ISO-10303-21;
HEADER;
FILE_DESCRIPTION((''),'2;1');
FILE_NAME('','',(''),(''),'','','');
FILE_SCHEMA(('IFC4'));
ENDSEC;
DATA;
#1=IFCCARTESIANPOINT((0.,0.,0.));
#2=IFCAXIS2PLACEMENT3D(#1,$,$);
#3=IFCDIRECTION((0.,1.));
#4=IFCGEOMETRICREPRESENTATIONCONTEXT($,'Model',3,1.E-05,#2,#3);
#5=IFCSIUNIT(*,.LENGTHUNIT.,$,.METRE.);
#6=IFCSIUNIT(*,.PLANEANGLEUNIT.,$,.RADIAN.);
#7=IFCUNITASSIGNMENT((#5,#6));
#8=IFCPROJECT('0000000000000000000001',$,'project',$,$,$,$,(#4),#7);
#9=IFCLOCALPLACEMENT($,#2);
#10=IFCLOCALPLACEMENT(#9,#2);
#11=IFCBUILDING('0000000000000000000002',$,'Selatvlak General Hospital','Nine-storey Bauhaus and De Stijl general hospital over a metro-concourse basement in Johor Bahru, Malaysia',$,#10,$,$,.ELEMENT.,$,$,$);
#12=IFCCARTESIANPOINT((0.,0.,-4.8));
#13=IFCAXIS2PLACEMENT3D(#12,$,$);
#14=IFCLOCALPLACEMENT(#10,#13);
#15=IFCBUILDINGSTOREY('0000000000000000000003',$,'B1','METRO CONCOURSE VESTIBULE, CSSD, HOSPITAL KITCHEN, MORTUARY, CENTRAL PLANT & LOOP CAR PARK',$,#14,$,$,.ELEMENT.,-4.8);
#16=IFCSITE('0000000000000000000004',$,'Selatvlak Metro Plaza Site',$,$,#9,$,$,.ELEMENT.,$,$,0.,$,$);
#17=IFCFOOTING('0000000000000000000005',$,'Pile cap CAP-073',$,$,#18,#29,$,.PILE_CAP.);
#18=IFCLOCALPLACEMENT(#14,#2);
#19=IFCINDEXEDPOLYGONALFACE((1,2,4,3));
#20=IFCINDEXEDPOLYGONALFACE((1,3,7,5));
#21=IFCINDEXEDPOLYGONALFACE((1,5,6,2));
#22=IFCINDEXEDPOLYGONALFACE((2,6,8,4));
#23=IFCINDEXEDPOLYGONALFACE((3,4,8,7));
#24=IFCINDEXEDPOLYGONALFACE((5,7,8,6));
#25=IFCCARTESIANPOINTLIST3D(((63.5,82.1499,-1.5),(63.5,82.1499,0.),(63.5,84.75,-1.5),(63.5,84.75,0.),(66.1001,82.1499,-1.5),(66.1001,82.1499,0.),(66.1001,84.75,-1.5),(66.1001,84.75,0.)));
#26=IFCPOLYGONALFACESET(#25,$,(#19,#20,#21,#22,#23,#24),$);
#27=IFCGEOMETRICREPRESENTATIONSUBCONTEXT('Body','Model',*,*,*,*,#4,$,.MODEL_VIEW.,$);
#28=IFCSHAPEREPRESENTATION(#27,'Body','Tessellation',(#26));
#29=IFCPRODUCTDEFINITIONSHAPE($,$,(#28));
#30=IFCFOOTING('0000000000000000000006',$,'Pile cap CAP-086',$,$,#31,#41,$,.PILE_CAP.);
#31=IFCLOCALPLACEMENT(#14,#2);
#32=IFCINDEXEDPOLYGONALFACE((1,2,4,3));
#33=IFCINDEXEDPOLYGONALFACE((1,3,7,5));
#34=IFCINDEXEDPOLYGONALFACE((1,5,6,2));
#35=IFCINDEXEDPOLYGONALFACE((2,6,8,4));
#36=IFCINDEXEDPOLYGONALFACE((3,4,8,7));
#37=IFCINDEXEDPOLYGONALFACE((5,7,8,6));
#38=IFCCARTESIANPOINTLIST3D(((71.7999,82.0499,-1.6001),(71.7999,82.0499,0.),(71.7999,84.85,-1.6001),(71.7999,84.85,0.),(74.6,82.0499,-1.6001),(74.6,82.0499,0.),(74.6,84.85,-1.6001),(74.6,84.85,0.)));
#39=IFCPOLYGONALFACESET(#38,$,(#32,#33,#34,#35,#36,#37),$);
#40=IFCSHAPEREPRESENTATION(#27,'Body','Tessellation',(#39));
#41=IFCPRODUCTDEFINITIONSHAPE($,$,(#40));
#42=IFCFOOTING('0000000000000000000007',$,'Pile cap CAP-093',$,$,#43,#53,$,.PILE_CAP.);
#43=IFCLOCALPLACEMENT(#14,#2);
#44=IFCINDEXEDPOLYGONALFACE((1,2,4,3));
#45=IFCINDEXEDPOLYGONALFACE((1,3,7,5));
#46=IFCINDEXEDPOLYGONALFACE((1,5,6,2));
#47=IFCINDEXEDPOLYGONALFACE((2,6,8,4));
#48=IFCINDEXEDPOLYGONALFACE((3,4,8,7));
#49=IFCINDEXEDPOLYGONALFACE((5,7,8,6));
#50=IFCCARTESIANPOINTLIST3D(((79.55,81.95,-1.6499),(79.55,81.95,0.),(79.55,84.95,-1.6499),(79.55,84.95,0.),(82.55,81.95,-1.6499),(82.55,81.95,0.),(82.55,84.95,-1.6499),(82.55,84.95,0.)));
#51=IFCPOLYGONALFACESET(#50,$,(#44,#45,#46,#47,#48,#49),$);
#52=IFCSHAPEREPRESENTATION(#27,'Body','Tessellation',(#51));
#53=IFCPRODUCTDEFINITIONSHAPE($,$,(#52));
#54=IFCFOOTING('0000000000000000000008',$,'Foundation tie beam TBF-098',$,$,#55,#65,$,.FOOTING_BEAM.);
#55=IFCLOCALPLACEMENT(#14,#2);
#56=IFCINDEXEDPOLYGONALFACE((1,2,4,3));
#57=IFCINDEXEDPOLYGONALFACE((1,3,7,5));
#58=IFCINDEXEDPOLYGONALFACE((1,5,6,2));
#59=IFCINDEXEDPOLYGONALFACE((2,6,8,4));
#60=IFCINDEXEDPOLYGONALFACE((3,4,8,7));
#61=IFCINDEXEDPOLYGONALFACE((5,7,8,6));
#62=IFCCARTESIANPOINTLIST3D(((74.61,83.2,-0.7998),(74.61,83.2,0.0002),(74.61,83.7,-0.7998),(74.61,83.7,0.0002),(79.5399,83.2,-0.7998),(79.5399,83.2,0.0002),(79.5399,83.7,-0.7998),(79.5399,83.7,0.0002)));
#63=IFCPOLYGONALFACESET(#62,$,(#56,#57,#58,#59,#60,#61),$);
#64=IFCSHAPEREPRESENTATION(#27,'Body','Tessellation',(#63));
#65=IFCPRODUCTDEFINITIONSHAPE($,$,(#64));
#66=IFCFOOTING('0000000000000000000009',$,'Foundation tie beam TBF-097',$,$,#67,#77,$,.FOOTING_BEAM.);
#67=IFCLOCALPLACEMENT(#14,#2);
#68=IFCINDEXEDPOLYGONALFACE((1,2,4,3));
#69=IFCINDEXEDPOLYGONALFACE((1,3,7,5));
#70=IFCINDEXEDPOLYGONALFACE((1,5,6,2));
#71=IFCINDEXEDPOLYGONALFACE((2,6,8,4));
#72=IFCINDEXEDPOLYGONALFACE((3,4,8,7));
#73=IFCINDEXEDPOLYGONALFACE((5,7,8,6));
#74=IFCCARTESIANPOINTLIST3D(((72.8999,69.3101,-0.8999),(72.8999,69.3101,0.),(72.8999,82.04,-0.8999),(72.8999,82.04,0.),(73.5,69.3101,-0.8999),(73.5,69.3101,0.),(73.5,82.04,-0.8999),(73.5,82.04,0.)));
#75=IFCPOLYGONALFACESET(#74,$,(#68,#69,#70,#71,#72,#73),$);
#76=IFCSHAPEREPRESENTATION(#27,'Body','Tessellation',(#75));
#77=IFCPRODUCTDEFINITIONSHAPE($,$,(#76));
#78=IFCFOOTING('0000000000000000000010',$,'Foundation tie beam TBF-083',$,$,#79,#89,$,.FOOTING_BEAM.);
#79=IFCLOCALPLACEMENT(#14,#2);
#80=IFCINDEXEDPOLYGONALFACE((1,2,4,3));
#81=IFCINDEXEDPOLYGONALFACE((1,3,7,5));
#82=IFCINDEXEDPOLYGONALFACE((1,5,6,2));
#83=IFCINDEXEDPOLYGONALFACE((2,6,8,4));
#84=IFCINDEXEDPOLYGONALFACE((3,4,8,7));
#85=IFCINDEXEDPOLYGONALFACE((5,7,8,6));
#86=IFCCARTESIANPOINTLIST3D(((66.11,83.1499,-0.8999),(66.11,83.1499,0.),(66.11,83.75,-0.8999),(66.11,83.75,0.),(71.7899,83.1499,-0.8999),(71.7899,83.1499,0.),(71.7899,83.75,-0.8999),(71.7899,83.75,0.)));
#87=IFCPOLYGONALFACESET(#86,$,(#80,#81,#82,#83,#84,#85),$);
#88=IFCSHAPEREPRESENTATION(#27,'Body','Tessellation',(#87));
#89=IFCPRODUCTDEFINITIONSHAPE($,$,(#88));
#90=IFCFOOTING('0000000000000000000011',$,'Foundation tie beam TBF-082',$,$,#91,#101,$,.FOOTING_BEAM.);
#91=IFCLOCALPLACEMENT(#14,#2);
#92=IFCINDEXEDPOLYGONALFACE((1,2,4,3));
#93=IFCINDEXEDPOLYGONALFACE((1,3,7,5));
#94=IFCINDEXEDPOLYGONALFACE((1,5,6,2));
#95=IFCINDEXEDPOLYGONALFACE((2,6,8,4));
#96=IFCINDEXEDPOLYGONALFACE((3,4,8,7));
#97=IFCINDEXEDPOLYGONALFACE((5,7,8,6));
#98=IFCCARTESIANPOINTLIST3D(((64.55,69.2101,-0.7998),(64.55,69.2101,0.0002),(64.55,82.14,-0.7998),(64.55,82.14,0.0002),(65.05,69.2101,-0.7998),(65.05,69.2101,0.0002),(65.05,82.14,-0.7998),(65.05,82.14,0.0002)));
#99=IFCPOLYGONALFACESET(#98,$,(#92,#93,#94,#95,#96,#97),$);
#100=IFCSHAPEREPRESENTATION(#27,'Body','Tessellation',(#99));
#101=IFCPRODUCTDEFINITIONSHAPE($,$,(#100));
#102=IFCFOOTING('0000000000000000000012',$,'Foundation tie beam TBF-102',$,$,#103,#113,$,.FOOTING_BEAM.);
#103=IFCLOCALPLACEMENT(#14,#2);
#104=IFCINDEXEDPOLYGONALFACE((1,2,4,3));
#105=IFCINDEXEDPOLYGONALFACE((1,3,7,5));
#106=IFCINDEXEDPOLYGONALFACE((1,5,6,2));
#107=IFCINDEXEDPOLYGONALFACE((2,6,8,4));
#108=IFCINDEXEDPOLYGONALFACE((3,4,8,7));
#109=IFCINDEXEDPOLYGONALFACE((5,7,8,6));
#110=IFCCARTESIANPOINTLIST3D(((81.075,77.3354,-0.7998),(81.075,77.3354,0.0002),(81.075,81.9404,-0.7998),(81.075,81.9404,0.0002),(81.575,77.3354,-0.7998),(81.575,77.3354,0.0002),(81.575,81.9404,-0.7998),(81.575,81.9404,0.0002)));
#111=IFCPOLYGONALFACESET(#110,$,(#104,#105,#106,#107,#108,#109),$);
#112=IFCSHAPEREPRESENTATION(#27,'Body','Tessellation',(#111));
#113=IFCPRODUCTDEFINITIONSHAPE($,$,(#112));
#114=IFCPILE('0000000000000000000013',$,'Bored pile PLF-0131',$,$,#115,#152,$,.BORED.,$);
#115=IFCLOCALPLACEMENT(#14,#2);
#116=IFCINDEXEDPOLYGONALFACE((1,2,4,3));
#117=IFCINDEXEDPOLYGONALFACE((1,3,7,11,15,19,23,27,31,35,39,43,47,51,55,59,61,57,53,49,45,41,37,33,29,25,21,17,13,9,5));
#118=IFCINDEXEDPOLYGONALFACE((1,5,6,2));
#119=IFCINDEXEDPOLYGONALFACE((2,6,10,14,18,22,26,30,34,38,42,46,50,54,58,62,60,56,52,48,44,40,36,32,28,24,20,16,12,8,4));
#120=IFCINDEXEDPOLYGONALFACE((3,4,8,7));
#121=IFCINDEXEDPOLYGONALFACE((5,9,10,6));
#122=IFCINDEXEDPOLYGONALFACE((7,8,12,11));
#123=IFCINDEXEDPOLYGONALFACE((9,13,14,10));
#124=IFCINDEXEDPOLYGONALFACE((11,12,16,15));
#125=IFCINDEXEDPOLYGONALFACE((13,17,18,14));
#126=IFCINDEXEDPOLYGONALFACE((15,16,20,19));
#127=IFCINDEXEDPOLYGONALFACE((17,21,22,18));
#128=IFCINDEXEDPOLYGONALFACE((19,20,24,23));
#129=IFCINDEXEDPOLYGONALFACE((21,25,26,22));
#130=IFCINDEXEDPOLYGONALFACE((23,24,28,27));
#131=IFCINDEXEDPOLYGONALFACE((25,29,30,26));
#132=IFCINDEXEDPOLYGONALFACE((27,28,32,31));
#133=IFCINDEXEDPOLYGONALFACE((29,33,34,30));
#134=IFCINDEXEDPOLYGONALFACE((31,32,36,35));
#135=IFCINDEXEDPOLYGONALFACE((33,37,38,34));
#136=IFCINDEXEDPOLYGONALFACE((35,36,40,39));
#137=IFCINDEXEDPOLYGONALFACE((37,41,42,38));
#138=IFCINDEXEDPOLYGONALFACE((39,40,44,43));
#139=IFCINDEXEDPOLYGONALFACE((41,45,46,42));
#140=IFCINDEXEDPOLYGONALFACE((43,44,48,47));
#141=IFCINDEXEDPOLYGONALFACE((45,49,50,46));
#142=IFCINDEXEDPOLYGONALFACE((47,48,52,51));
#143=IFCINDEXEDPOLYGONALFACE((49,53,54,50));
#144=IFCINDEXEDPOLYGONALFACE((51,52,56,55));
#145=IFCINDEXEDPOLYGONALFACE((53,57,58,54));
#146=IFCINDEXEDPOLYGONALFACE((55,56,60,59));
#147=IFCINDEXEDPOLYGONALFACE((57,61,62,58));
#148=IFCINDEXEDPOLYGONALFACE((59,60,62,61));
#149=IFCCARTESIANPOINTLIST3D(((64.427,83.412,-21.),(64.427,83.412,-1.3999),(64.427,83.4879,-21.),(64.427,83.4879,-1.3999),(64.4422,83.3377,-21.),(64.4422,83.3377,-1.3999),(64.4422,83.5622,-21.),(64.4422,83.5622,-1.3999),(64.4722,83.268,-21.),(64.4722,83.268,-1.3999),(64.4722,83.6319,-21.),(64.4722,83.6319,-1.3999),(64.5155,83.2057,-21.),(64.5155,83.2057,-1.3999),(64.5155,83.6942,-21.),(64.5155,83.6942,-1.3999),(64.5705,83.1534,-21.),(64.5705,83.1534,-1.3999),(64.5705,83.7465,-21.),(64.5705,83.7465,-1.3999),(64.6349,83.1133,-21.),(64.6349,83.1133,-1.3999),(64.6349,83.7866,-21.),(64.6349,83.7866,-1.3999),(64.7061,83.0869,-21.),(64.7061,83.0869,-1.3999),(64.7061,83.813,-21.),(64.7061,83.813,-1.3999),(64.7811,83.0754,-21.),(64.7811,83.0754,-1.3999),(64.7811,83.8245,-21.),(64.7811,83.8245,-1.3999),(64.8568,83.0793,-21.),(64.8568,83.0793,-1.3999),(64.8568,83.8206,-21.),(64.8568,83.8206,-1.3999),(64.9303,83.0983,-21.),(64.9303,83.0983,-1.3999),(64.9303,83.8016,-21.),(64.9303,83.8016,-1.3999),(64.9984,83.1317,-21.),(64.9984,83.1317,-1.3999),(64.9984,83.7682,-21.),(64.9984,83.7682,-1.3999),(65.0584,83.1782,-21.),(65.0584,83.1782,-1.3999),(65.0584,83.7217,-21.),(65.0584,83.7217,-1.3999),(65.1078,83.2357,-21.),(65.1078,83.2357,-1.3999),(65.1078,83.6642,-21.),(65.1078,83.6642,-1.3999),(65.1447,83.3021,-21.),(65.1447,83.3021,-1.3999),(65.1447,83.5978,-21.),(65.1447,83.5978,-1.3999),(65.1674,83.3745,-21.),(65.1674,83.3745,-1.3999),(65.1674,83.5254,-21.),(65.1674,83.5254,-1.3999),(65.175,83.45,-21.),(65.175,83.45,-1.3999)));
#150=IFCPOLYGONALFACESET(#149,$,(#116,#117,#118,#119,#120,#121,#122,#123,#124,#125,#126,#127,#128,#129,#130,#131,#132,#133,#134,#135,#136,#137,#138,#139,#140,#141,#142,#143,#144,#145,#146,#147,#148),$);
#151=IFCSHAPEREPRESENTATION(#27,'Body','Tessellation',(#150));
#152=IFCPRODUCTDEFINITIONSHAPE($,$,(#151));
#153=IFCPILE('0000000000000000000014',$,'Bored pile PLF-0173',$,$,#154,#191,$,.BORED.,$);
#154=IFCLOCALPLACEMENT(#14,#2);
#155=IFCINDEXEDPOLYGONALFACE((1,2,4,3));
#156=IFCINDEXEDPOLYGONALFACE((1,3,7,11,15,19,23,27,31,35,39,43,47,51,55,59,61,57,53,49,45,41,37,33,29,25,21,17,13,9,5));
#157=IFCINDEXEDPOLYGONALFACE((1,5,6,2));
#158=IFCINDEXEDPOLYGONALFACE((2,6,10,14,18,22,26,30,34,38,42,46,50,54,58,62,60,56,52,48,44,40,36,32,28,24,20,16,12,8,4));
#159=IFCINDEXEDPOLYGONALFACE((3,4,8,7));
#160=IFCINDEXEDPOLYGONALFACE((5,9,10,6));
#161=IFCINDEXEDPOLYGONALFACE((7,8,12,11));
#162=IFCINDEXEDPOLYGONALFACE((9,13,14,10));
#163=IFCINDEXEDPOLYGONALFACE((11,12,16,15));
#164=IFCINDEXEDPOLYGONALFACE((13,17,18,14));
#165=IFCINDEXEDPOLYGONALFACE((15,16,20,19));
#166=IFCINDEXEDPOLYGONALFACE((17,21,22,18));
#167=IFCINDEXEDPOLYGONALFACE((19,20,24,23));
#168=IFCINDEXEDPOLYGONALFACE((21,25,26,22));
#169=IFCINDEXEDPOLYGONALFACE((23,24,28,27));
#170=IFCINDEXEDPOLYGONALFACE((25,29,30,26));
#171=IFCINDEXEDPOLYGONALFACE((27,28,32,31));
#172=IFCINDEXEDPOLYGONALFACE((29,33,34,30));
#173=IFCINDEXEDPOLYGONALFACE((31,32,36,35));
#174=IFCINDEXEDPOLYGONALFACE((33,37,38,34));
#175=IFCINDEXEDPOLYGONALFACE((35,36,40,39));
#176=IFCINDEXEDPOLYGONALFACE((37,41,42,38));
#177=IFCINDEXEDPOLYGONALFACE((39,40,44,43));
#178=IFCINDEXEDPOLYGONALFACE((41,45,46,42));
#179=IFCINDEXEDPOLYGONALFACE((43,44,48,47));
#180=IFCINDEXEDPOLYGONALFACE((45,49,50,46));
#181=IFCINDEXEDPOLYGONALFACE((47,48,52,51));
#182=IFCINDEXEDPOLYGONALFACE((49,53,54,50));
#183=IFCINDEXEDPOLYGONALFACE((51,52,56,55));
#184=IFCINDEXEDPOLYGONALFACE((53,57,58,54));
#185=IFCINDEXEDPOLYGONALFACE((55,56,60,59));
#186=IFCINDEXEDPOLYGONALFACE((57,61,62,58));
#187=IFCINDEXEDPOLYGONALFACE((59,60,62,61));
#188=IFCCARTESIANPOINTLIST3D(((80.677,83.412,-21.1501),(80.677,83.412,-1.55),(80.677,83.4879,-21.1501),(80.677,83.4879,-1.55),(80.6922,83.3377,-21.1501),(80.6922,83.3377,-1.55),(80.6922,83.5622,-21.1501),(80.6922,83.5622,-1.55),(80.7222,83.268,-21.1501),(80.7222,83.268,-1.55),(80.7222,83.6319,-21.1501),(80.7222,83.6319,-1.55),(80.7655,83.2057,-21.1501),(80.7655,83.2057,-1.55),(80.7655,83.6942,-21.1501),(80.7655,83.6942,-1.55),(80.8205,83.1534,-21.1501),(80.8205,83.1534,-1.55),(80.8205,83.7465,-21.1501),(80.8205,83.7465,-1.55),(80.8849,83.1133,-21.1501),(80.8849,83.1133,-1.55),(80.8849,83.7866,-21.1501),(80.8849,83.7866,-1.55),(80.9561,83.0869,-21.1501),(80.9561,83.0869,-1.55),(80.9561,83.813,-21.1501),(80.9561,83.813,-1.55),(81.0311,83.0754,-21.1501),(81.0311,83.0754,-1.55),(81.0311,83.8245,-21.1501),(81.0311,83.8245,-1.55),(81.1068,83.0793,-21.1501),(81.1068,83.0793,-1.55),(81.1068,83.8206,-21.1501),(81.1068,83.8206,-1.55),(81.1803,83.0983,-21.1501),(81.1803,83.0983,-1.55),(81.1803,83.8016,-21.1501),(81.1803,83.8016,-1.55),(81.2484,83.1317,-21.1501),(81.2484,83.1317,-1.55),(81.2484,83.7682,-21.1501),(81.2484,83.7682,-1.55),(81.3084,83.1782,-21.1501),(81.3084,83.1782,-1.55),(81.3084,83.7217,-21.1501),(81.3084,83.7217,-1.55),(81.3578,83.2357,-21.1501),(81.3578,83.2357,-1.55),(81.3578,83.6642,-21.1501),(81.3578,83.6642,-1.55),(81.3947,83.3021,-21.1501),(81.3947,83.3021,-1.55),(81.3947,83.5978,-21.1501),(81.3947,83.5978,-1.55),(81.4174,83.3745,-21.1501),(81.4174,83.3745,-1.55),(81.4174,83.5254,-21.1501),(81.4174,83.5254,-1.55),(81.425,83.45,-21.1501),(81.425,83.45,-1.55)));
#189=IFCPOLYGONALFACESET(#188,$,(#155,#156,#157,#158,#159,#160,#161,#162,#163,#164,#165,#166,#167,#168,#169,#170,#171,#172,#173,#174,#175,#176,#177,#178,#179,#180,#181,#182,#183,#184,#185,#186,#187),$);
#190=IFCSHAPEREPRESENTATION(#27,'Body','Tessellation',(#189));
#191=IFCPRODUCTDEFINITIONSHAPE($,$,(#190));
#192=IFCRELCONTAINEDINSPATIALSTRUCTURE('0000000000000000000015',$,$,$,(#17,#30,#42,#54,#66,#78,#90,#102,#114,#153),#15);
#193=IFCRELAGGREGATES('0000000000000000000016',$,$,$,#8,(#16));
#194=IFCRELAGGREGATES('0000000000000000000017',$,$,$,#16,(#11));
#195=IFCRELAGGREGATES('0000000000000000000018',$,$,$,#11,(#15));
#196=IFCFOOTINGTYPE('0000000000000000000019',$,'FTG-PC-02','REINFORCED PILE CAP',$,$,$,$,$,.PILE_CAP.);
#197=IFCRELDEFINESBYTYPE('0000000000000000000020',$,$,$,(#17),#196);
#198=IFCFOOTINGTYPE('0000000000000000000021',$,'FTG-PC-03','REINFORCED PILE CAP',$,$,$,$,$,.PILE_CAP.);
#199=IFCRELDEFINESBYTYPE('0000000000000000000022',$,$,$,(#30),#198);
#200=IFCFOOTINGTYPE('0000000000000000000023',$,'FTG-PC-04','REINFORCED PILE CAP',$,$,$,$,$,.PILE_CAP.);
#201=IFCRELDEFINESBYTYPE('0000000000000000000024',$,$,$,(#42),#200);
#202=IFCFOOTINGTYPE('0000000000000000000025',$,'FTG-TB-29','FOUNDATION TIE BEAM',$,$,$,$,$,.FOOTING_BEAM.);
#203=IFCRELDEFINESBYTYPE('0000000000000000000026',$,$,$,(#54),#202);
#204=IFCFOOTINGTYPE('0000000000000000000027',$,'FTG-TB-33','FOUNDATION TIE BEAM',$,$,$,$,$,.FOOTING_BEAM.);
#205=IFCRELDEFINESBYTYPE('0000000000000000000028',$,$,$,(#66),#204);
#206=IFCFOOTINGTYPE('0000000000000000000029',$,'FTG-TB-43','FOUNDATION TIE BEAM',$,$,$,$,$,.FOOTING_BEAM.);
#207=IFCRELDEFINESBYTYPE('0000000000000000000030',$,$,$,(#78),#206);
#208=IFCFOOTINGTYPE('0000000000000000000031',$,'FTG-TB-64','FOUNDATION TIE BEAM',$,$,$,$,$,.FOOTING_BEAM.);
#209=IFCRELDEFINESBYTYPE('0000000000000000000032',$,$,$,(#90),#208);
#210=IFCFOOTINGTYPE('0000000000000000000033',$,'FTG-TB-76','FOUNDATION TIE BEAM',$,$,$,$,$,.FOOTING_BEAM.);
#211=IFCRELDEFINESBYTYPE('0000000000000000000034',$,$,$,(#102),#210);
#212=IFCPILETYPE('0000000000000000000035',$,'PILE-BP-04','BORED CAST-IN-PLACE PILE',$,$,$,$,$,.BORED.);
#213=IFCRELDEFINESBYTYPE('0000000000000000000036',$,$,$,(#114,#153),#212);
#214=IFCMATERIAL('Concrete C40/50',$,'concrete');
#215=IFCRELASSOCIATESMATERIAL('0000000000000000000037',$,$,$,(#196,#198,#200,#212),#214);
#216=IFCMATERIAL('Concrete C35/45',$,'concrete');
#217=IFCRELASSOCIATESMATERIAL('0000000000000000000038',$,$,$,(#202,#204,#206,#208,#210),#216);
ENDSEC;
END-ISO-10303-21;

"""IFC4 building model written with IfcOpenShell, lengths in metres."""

from ifc_helpers import new_model, si_unit, direction, frame, origin, origin_2d, place, context, subcontext, project, spatial, rectangle, circle, extrude, material, material_profile, profile_set, type_object, element, save


model = new_model("IFC4")

# Units and contexts
model_context = context("Model", 3, precision=1e-05, world=origin(), true_north=direction((0.0, 1.0)))
body_context = subcontext(model_context, "Body", "Model", "MODEL_VIEW")
ifc_project = project(units=[si_unit("LENGTHUNIT", "METRE"), si_unit("PLANEANGLEUNIT", "RADIAN")], contexts=[model_context])

# Site, building, storey
site_placement = place(None, origin())
site = spatial("IfcSite", under=ifc_project, at=site_placement, Name="Selatvlak Metro Plaza Site", CompositionType="ELEMENT", RefElevation=0.0)
building_placement = place(site_placement, origin())
building = spatial("IfcBuilding", under=site, at=building_placement, Name="Selatvlak General Hospital", Description="Nine-storey Bauhaus and De Stijl general hospital over a metro-concourse basement in Johor Bahru, Malaysia", CompositionType="ELEMENT")
storey_placement = place(building_placement, frame((0.0, 0.0, -4.8)))
storey = spatial("IfcBuildingStorey", under=building, at=storey_placement, Name="B1", Description="METRO CONCOURSE VESTIBULE, CSSD, HOSPITAL KITCHEN, MORTUARY, CENTRAL PLANT & LOOP CAR PARK", CompositionType="ELEMENT", Elevation=-4.8)

# Footings
ifc_material_1 = material(Name="Concrete C40/50", Category="concrete")
footing_type_1 = type_object("IfcFootingType", Name="FTG-PC-02", Description="REINFORCED PILE CAP", PredefinedType="PILE_CAP", material=ifc_material_1)
footing_1_placement = place(storey_placement, frame((64.8, 83.45, -1.5), z_axis=(0.0, 0.0, 1.0), x_axis=(1.0, 0.0, 0.0)))
element("IfcFooting", 1, at=footing_1_placement, inside=storey, type_object=footing_type_1, Name="Pile cap CAP-073", PredefinedType="PILE_CAP", context=body_context, shape_type="SweptSolid", body=[
    extrude(rectangle(XDim=2.6001, YDim=2.6001, at=origin_2d()), origin(), (0.0, 0.0, 1.0), 1.5),
])
footing_type_2 = type_object("IfcFootingType", Name="FTG-PC-03", Description="REINFORCED PILE CAP", PredefinedType="PILE_CAP", material=ifc_material_1)
footing_2_placement = place(storey_placement, frame((73.2, 83.45, -1.6001), z_axis=(0.0, 0.0, 1.0), x_axis=(1.0, 0.0, 0.0)))
element("IfcFooting", 2, at=footing_2_placement, inside=storey, type_object=footing_type_2, Name="Pile cap CAP-086", PredefinedType="PILE_CAP", context=body_context, shape_type="SweptSolid", body=[
    extrude(rectangle(XDim=2.8, YDim=2.8, at=origin_2d()), origin(), (0.0, 0.0, 1.0), 1.6001),
])
footing_type_3 = type_object("IfcFootingType", Name="FTG-PC-04", Description="REINFORCED PILE CAP", PredefinedType="PILE_CAP", material=ifc_material_1)
footing_3_placement = place(storey_placement, frame((81.05, 83.45, -1.6499), z_axis=(0.0, 0.0, 1.0), x_axis=(1.0, 0.0, 0.0)))
element("IfcFooting", 3, at=footing_3_placement, inside=storey, type_object=footing_type_3, Name="Pile cap CAP-093", PredefinedType="PILE_CAP", context=body_context, shape_type="SweptSolid", body=[
    extrude(rectangle(XDim=3.0, YDim=3.0, at=origin_2d()), origin(), (0.0, 0.0, 1.0), 1.6499),
])
ifc_material_2 = material(Name="Concrete C35/45", Category="concrete")
footing_type_4 = type_object("IfcFootingType", Name="FTG-TB-29", Description="FOUNDATION TIE BEAM", PredefinedType="FOOTING_BEAM", material=ifc_material_2)
footing_4_placement = place(storey_placement, frame((77.075, 83.45, -0.7998), z_axis=(0.0, 0.0, 1.0), x_axis=(1.0, 0.0, 0.0)))
element("IfcFooting", 4, at=footing_4_placement, inside=storey, type_object=footing_type_4, Name="Foundation tie beam TBF-098", PredefinedType="FOOTING_BEAM", context=body_context, shape_type="SweptSolid", body=[
    extrude(rectangle(XDim=4.9299, YDim=0.5, at=origin_2d()), origin(), (0.0, 0.0, 1.0), 0.8),
])
footing_type_5 = type_object("IfcFootingType", Name="FTG-TB-33", Description="FOUNDATION TIE BEAM", PredefinedType="FOOTING_BEAM", material=ifc_material_2)
footing_5_placement = place(storey_placement, frame((73.2, 75.675, -0.8999), z_axis=(0.0, 0.0, 1.0), x_axis=(0.0, 1.0, 0.0)))
element("IfcFooting", 5, at=footing_5_placement, inside=storey, type_object=footing_type_5, Name="Foundation tie beam TBF-097", PredefinedType="FOOTING_BEAM", context=body_context, shape_type="SweptSolid", body=[
    extrude(rectangle(XDim=12.73, YDim=0.6001, at=origin_2d()), origin(), (0.0, 0.0, 1.0), 0.8999),
])
footing_type_6 = type_object("IfcFootingType", Name="FTG-TB-43", Description="FOUNDATION TIE BEAM", PredefinedType="FOOTING_BEAM", material=ifc_material_2)
footing_6_placement = place(storey_placement, frame((68.95, 83.45, -0.8999), z_axis=(0.0, 0.0, 1.0), x_axis=(1.0, 0.0, 0.0)))
element("IfcFooting", 6, at=footing_6_placement, inside=storey, type_object=footing_type_6, Name="Foundation tie beam TBF-083", PredefinedType="FOOTING_BEAM", context=body_context, shape_type="SweptSolid", body=[
    extrude(rectangle(XDim=5.6799, YDim=0.6001, at=origin_2d()), origin(), (0.0, 0.0, 1.0), 0.8999),
])
footing_type_7 = type_object("IfcFootingType", Name="FTG-TB-64", Description="FOUNDATION TIE BEAM", PredefinedType="FOOTING_BEAM", material=ifc_material_2)
footing_7_placement = place(storey_placement, frame((64.8, 75.675, -0.7998), z_axis=(0.0, 0.0, 1.0), x_axis=(0.0, 1.0, 0.0)))
element("IfcFooting", 7, at=footing_7_placement, inside=storey, type_object=footing_type_7, Name="Foundation tie beam TBF-082", PredefinedType="FOOTING_BEAM", context=body_context, shape_type="SweptSolid", body=[
    extrude(rectangle(XDim=12.9299, YDim=0.5, at=origin_2d()), origin(), (0.0, 0.0, 1.0), 0.8),
])
footing_type_8 = type_object("IfcFootingType", Name="FTG-TB-76", Description="FOUNDATION TIE BEAM", PredefinedType="FOOTING_BEAM", material=ifc_material_2)
footing_8_placement = place(storey_placement, frame((81.325, 79.6379, -0.7998), z_axis=(0.0, 0.0, 1.0), x_axis=(0.0, 1.0, 0.0)))
element("IfcFooting", 8, at=footing_8_placement, inside=storey, type_object=footing_type_8, Name="Foundation tie beam TBF-102", PredefinedType="FOOTING_BEAM", context=body_context, shape_type="SweptSolid", body=[
    extrude(rectangle(XDim=4.605, YDim=0.5, at=origin_2d()), origin(), (0.0, 0.0, 1.0), 0.8),
])

# Piles
ifc_material_profile_1 = material_profile(ifc_material_1, circle(Radius=0.375, at=origin_2d()), Name="BORED PILE 750")
ifc_profile_set_1 = profile_set([ifc_material_profile_1], Name="Concrete C40/50")
pile_type_1 = type_object("IfcPileType", Name="PILE-BP-04", Description="BORED CAST-IN-PLACE PILE", PredefinedType="BORED", material=ifc_profile_set_1)
for number, where, z_axis, x_axis, name in (
    (9, (64.8, 83.45, -1.3999), (0.0, 0.0, -1.0), (1.0, 0.0, 0.0), "Bored pile PLF-0131"),
    (10, (81.05, 83.45, -1.55), (0.0, 0.0, -1.0), (1.0, 0.0, 0.0), "Bored pile PLF-0173"),
):
    element("IfcPile", number, at=place(storey_placement, frame(where, z_axis=z_axis, x_axis=x_axis)), inside=storey, type_object=pile_type_1, Name=name, PredefinedType="BORED", context=body_context, shape_type="SweptSolid", body=[
        extrude(circle(Radius=0.375, at=origin_2d()), origin(), (0.0, 0.0, 1.0), 19.6001),
    ])

save(model, "model.ifc")
